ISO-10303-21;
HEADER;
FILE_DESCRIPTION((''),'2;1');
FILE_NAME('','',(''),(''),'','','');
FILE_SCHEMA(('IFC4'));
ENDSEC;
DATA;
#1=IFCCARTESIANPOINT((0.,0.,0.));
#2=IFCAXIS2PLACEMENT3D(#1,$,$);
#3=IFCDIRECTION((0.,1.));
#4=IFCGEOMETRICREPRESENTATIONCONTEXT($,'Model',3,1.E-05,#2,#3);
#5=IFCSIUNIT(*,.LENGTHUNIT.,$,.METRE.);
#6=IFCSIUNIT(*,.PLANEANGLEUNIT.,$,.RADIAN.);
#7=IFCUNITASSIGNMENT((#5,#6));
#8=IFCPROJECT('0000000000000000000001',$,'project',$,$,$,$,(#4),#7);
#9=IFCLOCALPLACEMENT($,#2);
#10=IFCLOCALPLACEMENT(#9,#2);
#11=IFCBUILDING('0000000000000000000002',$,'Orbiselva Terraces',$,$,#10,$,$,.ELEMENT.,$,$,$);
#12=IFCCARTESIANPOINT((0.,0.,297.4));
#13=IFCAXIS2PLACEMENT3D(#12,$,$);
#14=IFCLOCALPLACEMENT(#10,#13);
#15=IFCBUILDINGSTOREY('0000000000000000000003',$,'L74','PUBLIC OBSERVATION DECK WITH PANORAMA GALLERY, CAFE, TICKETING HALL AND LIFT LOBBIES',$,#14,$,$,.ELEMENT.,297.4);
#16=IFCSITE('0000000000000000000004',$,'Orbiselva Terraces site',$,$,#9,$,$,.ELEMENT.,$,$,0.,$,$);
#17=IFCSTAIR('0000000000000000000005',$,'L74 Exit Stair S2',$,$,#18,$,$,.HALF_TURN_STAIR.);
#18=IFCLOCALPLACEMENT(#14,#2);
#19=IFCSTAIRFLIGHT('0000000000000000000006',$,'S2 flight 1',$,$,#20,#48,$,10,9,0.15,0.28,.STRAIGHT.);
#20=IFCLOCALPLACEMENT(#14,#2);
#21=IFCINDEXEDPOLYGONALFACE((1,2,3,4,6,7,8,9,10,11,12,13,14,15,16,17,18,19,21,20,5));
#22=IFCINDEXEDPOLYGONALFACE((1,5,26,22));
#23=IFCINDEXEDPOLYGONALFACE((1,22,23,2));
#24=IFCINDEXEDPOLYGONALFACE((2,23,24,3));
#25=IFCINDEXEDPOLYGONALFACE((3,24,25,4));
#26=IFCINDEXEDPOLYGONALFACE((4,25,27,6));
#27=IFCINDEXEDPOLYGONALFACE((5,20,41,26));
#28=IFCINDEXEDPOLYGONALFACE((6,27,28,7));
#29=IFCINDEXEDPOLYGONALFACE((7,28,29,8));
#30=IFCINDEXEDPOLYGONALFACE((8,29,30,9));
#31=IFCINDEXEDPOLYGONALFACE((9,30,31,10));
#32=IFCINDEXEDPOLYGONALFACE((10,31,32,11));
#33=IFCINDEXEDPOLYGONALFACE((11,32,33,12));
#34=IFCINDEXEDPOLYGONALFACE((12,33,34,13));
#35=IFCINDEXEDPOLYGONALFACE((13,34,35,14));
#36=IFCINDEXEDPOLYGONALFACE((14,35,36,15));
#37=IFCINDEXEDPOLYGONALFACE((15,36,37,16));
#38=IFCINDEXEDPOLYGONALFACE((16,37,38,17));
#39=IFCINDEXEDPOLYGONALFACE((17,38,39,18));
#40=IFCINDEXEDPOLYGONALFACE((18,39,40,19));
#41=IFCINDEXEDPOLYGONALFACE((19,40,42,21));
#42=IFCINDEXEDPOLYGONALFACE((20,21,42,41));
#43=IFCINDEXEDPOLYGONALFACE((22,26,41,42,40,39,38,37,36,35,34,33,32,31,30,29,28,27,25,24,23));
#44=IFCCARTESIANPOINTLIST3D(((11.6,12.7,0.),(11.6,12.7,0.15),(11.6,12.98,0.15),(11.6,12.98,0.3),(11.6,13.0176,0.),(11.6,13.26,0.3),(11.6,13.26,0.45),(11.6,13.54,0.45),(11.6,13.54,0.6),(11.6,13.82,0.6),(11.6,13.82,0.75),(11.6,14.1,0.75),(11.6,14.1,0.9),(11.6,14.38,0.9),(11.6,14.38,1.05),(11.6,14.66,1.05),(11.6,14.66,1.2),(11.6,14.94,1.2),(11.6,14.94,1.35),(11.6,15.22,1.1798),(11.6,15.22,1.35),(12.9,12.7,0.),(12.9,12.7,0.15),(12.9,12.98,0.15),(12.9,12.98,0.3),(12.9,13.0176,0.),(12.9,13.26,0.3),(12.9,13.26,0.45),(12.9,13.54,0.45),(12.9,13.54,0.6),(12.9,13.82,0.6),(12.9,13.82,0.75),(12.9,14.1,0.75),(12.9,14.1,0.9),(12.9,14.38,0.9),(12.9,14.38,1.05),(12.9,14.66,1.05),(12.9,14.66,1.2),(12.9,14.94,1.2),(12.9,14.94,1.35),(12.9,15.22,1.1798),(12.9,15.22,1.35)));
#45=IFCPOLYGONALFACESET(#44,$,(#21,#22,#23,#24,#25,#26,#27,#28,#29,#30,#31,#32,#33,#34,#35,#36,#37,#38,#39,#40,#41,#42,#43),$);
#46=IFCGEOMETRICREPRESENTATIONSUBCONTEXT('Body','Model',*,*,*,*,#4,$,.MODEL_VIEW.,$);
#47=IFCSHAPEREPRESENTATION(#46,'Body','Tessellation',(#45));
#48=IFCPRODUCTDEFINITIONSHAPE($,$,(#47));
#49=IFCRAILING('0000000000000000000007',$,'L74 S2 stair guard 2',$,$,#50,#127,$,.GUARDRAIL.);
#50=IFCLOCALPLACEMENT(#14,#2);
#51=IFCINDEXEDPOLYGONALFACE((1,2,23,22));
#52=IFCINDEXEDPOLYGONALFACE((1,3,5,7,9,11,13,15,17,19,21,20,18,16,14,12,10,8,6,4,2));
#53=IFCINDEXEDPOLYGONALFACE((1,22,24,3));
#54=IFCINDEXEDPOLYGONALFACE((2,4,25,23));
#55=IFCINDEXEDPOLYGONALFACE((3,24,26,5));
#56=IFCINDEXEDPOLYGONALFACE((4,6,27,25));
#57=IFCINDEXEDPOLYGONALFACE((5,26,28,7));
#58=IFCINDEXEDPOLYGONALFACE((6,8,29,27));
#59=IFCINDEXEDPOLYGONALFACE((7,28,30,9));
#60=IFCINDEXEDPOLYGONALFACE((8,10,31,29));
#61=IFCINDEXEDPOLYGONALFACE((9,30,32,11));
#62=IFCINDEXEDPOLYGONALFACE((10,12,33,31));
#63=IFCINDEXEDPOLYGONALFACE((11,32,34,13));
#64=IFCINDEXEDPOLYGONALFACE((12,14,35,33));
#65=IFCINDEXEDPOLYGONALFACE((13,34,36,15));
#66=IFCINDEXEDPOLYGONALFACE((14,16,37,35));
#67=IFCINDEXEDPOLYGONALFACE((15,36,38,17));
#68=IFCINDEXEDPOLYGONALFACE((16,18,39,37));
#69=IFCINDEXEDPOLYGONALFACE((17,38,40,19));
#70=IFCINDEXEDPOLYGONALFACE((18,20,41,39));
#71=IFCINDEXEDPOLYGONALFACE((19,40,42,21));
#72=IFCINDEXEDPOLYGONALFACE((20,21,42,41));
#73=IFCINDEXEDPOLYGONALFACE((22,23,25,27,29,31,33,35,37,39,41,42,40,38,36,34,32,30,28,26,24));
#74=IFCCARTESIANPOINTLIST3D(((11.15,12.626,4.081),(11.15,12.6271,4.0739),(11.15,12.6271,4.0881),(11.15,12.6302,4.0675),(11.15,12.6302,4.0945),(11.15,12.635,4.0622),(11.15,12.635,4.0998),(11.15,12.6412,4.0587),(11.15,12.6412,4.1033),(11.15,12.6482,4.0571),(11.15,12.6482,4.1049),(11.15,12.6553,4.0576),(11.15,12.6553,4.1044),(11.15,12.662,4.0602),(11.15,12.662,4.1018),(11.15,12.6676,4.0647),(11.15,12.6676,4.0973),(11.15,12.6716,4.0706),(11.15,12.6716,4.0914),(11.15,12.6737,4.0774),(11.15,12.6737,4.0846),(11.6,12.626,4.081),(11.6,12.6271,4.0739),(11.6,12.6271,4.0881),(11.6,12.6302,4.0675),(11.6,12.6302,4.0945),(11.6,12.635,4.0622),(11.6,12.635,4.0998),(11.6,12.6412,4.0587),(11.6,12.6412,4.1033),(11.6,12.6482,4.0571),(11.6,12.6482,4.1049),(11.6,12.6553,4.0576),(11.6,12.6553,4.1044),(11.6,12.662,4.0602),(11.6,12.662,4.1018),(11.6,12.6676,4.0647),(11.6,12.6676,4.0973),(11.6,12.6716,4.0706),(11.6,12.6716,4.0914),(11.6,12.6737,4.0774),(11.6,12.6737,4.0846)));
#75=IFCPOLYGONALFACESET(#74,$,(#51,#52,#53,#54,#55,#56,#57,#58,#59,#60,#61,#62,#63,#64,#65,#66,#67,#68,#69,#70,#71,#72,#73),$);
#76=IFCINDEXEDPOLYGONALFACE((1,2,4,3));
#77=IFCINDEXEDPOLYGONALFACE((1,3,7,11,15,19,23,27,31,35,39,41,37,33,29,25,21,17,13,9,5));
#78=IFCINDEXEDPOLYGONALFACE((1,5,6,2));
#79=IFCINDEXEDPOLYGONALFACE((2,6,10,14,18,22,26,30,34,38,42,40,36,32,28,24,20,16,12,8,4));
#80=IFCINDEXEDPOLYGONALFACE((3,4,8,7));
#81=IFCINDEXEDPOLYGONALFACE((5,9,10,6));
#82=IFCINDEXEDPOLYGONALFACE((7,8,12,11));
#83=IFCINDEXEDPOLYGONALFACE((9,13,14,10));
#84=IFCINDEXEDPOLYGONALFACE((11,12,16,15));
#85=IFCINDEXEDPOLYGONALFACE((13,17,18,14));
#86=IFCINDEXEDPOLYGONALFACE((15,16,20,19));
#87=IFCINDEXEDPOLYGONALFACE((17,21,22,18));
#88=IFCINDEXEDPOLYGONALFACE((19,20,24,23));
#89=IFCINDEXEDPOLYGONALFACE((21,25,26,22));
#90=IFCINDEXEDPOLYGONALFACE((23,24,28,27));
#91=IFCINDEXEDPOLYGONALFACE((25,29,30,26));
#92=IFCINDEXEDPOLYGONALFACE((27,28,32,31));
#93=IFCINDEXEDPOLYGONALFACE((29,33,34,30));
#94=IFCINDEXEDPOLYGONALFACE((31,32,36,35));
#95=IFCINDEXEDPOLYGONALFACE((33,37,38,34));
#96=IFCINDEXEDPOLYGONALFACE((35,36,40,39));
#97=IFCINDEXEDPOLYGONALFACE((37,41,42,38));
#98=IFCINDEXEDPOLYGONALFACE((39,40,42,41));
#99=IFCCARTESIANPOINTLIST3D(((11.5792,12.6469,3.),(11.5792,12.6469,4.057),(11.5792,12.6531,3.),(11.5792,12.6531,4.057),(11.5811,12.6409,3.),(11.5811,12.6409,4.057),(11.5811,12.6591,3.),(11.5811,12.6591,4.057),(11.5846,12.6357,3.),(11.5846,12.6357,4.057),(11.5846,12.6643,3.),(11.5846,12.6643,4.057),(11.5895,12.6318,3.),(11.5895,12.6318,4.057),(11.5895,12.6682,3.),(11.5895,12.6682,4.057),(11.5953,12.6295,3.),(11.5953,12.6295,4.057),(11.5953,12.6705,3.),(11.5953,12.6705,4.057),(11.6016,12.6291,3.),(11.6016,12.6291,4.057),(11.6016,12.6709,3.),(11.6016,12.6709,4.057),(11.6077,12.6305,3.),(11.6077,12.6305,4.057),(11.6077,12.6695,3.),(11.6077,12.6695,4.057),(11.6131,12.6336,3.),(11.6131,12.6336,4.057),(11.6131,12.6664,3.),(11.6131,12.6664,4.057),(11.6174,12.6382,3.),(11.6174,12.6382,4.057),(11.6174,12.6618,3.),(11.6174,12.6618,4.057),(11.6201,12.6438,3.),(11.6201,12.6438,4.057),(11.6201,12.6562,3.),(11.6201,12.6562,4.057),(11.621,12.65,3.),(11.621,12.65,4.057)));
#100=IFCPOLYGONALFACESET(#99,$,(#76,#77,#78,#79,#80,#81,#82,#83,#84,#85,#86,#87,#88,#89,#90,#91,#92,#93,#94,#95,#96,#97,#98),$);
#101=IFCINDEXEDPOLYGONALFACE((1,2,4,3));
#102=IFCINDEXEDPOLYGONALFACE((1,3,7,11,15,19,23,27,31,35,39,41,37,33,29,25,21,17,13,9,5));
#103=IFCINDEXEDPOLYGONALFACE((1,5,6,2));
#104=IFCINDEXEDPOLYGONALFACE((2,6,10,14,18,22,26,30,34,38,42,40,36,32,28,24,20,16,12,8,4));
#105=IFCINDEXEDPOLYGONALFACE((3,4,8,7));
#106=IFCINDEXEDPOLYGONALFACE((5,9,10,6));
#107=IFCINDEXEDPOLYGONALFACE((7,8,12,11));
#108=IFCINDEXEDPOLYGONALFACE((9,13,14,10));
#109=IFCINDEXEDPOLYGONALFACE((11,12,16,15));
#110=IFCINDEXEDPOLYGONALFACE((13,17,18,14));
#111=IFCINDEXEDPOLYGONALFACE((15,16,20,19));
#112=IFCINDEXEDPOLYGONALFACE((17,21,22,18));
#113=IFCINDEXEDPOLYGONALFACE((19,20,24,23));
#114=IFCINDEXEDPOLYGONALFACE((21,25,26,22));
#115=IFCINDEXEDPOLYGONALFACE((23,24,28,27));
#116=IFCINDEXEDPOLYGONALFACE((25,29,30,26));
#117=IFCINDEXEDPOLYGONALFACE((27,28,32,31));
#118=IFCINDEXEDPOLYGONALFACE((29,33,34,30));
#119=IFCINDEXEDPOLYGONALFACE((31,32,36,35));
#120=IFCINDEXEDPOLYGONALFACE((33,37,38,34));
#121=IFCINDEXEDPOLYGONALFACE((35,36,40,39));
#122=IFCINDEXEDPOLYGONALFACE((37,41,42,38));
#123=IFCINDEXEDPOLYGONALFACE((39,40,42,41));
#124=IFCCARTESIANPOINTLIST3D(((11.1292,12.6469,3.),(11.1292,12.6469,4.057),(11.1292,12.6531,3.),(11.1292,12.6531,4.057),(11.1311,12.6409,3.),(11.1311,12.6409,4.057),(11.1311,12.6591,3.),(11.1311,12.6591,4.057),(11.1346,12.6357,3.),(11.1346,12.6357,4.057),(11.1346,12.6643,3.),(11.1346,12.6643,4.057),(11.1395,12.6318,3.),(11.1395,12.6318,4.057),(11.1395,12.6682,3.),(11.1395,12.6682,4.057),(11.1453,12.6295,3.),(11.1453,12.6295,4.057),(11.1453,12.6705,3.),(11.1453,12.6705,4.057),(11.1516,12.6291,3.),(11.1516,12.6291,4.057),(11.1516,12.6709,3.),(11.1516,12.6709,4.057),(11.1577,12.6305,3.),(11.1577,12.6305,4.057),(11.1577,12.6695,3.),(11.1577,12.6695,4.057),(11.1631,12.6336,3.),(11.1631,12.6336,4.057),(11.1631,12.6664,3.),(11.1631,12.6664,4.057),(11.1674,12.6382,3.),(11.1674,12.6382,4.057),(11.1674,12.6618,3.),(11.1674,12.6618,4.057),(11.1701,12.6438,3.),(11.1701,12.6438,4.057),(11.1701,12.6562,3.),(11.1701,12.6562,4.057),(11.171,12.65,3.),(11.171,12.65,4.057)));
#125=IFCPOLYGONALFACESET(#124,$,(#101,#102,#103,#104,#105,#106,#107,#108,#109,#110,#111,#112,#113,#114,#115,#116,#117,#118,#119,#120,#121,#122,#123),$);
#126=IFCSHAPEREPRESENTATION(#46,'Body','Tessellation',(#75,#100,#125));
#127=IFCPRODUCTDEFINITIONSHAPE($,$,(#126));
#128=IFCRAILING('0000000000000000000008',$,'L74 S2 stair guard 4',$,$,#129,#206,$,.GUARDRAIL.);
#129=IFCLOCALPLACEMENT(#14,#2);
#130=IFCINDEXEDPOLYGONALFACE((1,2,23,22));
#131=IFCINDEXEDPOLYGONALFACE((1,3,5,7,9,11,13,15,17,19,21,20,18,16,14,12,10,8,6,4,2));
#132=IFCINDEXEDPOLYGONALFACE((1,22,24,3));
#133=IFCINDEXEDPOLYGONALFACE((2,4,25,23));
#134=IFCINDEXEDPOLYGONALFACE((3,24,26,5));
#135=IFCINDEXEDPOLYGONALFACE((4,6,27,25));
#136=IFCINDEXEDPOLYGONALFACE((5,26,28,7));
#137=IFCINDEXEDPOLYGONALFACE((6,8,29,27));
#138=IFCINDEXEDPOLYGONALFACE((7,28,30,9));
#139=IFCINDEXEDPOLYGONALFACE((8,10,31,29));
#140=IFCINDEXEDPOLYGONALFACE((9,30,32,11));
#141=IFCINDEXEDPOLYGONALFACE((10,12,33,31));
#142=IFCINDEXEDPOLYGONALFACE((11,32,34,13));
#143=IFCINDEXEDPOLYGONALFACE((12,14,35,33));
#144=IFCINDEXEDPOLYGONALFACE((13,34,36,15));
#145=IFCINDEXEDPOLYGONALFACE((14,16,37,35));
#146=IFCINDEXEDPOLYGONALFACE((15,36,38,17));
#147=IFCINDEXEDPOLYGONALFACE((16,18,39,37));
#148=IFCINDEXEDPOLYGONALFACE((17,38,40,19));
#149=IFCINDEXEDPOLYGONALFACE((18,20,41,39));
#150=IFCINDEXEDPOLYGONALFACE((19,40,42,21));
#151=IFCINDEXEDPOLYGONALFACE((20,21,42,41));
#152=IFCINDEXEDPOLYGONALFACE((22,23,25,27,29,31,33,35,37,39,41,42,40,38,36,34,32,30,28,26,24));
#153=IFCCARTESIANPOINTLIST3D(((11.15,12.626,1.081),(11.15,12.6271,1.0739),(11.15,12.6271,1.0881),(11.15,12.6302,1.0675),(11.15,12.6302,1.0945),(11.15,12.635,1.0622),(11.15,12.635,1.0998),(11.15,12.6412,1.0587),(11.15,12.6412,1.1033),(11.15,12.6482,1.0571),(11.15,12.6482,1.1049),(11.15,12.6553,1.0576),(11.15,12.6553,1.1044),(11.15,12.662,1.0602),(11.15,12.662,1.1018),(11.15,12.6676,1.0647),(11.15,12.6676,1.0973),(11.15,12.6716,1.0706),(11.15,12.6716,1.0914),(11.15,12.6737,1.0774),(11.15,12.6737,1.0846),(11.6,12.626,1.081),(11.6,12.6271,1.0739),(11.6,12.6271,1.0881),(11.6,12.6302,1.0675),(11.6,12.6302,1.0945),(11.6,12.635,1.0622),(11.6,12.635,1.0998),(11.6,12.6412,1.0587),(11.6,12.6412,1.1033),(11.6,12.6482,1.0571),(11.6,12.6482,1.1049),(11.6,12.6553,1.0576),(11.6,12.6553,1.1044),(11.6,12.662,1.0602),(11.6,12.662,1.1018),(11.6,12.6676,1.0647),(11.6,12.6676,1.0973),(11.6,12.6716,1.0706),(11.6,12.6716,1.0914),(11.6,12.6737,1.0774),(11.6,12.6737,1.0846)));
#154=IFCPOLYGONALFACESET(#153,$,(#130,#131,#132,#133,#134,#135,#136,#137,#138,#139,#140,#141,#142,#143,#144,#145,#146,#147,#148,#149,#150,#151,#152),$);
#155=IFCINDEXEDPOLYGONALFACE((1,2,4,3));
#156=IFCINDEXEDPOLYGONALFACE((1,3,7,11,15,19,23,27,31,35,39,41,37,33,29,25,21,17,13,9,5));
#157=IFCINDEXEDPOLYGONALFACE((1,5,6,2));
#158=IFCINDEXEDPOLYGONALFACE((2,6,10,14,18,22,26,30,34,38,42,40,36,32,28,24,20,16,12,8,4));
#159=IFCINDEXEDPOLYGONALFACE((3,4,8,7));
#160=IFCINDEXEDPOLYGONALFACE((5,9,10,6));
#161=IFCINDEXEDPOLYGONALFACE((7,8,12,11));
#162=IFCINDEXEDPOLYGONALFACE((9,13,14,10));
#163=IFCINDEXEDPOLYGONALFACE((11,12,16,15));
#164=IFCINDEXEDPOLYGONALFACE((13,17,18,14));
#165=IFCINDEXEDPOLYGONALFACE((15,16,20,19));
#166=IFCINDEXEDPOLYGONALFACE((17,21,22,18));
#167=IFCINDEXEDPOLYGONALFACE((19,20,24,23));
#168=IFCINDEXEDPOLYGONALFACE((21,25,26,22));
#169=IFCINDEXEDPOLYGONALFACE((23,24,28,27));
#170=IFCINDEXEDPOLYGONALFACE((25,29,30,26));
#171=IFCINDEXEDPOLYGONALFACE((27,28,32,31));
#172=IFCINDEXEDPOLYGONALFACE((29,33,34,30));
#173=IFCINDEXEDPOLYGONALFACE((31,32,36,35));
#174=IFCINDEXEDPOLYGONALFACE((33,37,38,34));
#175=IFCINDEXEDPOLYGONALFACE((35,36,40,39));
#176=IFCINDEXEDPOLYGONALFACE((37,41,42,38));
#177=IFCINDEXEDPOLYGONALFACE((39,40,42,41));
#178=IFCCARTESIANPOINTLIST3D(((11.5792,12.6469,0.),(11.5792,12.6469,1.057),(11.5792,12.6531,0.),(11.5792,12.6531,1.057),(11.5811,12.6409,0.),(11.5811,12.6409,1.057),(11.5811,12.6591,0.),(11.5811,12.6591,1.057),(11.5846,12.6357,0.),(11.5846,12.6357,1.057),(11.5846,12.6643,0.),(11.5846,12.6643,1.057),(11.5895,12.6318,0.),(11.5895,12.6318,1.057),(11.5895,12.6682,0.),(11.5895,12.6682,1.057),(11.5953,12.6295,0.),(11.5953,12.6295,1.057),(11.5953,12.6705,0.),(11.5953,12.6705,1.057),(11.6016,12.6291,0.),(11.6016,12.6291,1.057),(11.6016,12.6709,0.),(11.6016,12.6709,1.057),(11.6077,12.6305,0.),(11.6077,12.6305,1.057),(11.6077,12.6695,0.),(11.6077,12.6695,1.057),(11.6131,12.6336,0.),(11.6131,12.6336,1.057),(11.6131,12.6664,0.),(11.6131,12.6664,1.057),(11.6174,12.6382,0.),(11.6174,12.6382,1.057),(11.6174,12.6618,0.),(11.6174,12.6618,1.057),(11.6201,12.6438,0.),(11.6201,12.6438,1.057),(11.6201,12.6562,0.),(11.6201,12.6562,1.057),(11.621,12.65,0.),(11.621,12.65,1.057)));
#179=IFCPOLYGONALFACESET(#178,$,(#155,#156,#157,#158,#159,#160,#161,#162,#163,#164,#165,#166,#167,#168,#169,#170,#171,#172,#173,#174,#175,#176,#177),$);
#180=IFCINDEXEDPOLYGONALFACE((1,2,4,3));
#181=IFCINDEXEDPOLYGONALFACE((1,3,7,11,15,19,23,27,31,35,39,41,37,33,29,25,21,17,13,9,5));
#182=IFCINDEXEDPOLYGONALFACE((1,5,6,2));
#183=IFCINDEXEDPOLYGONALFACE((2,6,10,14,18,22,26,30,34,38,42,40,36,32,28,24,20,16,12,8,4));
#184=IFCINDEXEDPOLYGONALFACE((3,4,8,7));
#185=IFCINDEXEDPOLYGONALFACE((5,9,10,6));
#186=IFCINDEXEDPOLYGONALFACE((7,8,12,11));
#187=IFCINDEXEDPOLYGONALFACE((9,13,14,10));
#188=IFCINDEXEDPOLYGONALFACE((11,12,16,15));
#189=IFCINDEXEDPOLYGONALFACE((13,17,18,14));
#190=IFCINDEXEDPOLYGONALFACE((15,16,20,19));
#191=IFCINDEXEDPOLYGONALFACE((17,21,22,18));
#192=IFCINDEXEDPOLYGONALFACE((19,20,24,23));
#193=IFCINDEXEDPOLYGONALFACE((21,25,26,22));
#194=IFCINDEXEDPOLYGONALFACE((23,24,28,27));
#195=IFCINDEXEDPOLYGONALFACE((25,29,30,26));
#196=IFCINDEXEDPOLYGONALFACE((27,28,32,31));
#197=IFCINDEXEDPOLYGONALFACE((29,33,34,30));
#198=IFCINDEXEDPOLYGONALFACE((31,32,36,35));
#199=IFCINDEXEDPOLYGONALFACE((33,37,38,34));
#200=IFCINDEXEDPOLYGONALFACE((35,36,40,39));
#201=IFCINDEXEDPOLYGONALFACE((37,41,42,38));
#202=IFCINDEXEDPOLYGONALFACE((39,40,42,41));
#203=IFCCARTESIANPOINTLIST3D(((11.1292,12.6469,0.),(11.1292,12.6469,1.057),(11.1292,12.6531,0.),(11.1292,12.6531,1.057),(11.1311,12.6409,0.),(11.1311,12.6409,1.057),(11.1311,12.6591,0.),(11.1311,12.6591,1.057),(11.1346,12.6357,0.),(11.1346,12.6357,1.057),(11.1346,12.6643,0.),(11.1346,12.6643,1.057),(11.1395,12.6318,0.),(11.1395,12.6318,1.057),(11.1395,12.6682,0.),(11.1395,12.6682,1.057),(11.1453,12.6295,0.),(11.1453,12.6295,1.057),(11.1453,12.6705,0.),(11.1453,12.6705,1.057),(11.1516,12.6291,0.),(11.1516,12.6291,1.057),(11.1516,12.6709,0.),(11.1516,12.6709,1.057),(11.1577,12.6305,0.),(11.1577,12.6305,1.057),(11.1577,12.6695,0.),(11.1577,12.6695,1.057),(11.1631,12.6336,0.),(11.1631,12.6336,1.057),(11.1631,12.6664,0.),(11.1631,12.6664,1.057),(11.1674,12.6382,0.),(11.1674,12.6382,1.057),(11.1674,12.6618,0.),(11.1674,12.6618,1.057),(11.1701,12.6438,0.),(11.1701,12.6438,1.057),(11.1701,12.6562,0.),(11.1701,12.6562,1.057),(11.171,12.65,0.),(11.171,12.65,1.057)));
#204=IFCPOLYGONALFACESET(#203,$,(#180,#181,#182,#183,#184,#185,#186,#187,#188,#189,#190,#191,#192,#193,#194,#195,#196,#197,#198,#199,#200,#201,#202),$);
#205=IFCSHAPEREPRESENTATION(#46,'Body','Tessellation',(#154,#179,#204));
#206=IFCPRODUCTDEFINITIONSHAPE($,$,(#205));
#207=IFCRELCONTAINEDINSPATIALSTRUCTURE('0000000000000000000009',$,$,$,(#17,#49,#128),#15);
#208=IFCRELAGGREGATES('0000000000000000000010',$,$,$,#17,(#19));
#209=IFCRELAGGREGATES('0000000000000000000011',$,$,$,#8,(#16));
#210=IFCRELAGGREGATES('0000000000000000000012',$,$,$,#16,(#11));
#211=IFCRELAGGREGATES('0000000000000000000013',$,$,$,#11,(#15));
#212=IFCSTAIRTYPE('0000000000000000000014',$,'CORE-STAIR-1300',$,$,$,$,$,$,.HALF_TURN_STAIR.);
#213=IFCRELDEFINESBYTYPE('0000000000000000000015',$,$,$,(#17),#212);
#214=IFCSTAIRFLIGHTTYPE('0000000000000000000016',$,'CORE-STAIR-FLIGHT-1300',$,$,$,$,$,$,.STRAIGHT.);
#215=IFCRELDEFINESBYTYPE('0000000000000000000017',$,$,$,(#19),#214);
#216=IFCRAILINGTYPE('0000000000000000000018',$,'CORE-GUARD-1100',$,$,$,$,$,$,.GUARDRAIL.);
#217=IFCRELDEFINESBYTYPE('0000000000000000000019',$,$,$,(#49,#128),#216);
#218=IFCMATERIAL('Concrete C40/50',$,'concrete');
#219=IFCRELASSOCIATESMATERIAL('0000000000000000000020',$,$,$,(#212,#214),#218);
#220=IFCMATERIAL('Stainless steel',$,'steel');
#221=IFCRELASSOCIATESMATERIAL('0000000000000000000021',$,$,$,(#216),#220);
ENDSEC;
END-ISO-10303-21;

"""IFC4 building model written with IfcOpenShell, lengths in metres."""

from ifc_helpers import new_model, si_unit, direction, frame, origin, origin_2d, place, context, subcontext, project, spatial, polyline, circle, outline, extrude, material, type_object, element, aggregate, save


model = new_model("IFC4")

# Units and contexts
model_context = context("Model", 3, precision=1e-05, world=origin(), true_north=direction((0.0, 1.0)))
body_context = subcontext(model_context, "Body", "Model", "MODEL_VIEW")
ifc_project = project(units=[si_unit("LENGTHUNIT", "METRE"), si_unit("PLANEANGLEUNIT", "RADIAN")], contexts=[model_context])

# Site, building, storey
site_placement = place(None, origin())
site = spatial("IfcSite", under=ifc_project, at=site_placement, Name="Orbiselva Terraces site", CompositionType="ELEMENT", RefElevation=0.0)
building_placement = place(site_placement, origin())
building = spatial("IfcBuilding", under=site, at=building_placement, Name="Orbiselva Terraces", CompositionType="ELEMENT")
storey_placement = place(building_placement, frame((0.0, 0.0, 297.4)))
storey = spatial("IfcBuildingStorey", under=building, at=storey_placement, Name="L74", Description="PUBLIC OBSERVATION DECK WITH PANORAMA GALLERY, CAFE, TICKETING HALL AND LIFT LOBBIES", CompositionType="ELEMENT", Elevation=297.4)

# Shared definitions
ifc_material_1 = material(Name="Concrete C40/50", Category="concrete")

# Stair, stair flight
stair_type_1 = type_object("IfcStairType", Name="CORE-STAIR-1300", PredefinedType="HALF_TURN_STAIR", material=ifc_material_1)
stair_1_placement = place(storey_placement, origin())
stair_1 = element("IfcStair", 1, at=stair_1_placement, inside=storey, type_object=stair_type_1, Name="L74 Exit Stair S2", PredefinedType="HALF_TURN_STAIR")
stair_flight_type = type_object("IfcStairFlightType", Name="CORE-STAIR-FLIGHT-1300", PredefinedType="STRAIGHT", material=ifc_material_1)
stair_flight_placement = place(storey_placement, frame((12.25, 12.7, 0.0), z_axis=(0.0, 0.0, 1.0), x_axis=(0.0, 1.0, 0.0)))
stair_flight = element("IfcStairFlight", 2, at=stair_flight_placement, type_object=stair_flight_type, Name="S2 flight 1", NumberOfRisers=10, NumberOfTreads=9, PredefinedType="STRAIGHT", RiserHeight=0.15, TreadLength=0.28, context=body_context, shape_type="SweptSolid", body=[
    extrude(outline(polyline([(0.0, 0.0), (0.0, 0.15), (0.28, 0.15), (0.28, 0.3), (0.56, 0.3), (0.56, 0.45), (0.84, 0.45), (0.84, 0.6), (1.12, 0.6), (1.12, 0.75), (1.4, 0.75), (1.4, 0.9), (1.68, 0.9), (1.68, 1.05), (1.96, 1.05), (1.96, 1.2), (2.24, 1.2), (2.24, 1.35), (2.52, 1.35), (2.52, 1.5), (2.52, 1.1798), (0.3176, 0.0), (0.0, 0.0)])), frame((0.0, 0.65, 0.0), z_axis=(0.0, -1.0, 0.0), x_axis=(1.0, 0.0, 0.0)), (0.0, 0.0, 1.0), 1.3),
])
aggregate(stair_1, [stair_flight])

# Railings
ifc_material_2 = material(Name="Stainless steel", Category="steel")
railing_type = type_object("IfcRailingType", Name="CORE-GUARD-1100", PredefinedType="GUARDRAIL", material=ifc_material_2)
railing_1_placement = place(storey_placement, frame((11.6, 12.65, 3.0)))
element("IfcRailing", 3, at=railing_1_placement, inside=storey, type_object=railing_type, Name="L74 S2 stair guard 2", PredefinedType="GUARDRAIL", context=body_context, shape_type="SweptSolid", body=[
    extrude(circle(Radius=0.024, at=origin_2d()), frame((0.0, 0.0, 1.081), z_axis=(-1.0, 0.0, 0.0), x_axis=(0.0, -1.0, 0.0)), (0.0, 0.0, 1.0), 0.45),
    extrude(circle(Radius=0.021, at=origin_2d()), origin(), (0.0, 0.0, 1.0), 1.057),
    extrude(circle(Radius=0.021, at=origin_2d()), frame((-0.45, 0.0, 0.0)), (0.0, 0.0, 1.0), 1.057),
])
railing_2_placement = place(storey_placement, frame((11.6, 12.65, 0.0)))
element("IfcRailing", 4, at=railing_2_placement, inside=storey, type_object=railing_type, Name="L74 S2 stair guard 4", PredefinedType="GUARDRAIL", context=body_context, shape_type="SweptSolid", body=[
    extrude(circle(Radius=0.024, at=origin_2d()), frame((0.0, 0.0, 1.081), z_axis=(-1.0, 0.0, 0.0), x_axis=(0.0, -1.0, 0.0)), (0.0, 0.0, 1.0), 0.45),
    extrude(circle(Radius=0.021, at=origin_2d()), origin(), (0.0, 0.0, 1.0), 1.057),
    extrude(circle(Radius=0.021, at=origin_2d()), frame((-0.45, 0.0, 0.0)), (0.0, 0.0, 1.0), 1.057),
])

save(model, "model.ifc")
